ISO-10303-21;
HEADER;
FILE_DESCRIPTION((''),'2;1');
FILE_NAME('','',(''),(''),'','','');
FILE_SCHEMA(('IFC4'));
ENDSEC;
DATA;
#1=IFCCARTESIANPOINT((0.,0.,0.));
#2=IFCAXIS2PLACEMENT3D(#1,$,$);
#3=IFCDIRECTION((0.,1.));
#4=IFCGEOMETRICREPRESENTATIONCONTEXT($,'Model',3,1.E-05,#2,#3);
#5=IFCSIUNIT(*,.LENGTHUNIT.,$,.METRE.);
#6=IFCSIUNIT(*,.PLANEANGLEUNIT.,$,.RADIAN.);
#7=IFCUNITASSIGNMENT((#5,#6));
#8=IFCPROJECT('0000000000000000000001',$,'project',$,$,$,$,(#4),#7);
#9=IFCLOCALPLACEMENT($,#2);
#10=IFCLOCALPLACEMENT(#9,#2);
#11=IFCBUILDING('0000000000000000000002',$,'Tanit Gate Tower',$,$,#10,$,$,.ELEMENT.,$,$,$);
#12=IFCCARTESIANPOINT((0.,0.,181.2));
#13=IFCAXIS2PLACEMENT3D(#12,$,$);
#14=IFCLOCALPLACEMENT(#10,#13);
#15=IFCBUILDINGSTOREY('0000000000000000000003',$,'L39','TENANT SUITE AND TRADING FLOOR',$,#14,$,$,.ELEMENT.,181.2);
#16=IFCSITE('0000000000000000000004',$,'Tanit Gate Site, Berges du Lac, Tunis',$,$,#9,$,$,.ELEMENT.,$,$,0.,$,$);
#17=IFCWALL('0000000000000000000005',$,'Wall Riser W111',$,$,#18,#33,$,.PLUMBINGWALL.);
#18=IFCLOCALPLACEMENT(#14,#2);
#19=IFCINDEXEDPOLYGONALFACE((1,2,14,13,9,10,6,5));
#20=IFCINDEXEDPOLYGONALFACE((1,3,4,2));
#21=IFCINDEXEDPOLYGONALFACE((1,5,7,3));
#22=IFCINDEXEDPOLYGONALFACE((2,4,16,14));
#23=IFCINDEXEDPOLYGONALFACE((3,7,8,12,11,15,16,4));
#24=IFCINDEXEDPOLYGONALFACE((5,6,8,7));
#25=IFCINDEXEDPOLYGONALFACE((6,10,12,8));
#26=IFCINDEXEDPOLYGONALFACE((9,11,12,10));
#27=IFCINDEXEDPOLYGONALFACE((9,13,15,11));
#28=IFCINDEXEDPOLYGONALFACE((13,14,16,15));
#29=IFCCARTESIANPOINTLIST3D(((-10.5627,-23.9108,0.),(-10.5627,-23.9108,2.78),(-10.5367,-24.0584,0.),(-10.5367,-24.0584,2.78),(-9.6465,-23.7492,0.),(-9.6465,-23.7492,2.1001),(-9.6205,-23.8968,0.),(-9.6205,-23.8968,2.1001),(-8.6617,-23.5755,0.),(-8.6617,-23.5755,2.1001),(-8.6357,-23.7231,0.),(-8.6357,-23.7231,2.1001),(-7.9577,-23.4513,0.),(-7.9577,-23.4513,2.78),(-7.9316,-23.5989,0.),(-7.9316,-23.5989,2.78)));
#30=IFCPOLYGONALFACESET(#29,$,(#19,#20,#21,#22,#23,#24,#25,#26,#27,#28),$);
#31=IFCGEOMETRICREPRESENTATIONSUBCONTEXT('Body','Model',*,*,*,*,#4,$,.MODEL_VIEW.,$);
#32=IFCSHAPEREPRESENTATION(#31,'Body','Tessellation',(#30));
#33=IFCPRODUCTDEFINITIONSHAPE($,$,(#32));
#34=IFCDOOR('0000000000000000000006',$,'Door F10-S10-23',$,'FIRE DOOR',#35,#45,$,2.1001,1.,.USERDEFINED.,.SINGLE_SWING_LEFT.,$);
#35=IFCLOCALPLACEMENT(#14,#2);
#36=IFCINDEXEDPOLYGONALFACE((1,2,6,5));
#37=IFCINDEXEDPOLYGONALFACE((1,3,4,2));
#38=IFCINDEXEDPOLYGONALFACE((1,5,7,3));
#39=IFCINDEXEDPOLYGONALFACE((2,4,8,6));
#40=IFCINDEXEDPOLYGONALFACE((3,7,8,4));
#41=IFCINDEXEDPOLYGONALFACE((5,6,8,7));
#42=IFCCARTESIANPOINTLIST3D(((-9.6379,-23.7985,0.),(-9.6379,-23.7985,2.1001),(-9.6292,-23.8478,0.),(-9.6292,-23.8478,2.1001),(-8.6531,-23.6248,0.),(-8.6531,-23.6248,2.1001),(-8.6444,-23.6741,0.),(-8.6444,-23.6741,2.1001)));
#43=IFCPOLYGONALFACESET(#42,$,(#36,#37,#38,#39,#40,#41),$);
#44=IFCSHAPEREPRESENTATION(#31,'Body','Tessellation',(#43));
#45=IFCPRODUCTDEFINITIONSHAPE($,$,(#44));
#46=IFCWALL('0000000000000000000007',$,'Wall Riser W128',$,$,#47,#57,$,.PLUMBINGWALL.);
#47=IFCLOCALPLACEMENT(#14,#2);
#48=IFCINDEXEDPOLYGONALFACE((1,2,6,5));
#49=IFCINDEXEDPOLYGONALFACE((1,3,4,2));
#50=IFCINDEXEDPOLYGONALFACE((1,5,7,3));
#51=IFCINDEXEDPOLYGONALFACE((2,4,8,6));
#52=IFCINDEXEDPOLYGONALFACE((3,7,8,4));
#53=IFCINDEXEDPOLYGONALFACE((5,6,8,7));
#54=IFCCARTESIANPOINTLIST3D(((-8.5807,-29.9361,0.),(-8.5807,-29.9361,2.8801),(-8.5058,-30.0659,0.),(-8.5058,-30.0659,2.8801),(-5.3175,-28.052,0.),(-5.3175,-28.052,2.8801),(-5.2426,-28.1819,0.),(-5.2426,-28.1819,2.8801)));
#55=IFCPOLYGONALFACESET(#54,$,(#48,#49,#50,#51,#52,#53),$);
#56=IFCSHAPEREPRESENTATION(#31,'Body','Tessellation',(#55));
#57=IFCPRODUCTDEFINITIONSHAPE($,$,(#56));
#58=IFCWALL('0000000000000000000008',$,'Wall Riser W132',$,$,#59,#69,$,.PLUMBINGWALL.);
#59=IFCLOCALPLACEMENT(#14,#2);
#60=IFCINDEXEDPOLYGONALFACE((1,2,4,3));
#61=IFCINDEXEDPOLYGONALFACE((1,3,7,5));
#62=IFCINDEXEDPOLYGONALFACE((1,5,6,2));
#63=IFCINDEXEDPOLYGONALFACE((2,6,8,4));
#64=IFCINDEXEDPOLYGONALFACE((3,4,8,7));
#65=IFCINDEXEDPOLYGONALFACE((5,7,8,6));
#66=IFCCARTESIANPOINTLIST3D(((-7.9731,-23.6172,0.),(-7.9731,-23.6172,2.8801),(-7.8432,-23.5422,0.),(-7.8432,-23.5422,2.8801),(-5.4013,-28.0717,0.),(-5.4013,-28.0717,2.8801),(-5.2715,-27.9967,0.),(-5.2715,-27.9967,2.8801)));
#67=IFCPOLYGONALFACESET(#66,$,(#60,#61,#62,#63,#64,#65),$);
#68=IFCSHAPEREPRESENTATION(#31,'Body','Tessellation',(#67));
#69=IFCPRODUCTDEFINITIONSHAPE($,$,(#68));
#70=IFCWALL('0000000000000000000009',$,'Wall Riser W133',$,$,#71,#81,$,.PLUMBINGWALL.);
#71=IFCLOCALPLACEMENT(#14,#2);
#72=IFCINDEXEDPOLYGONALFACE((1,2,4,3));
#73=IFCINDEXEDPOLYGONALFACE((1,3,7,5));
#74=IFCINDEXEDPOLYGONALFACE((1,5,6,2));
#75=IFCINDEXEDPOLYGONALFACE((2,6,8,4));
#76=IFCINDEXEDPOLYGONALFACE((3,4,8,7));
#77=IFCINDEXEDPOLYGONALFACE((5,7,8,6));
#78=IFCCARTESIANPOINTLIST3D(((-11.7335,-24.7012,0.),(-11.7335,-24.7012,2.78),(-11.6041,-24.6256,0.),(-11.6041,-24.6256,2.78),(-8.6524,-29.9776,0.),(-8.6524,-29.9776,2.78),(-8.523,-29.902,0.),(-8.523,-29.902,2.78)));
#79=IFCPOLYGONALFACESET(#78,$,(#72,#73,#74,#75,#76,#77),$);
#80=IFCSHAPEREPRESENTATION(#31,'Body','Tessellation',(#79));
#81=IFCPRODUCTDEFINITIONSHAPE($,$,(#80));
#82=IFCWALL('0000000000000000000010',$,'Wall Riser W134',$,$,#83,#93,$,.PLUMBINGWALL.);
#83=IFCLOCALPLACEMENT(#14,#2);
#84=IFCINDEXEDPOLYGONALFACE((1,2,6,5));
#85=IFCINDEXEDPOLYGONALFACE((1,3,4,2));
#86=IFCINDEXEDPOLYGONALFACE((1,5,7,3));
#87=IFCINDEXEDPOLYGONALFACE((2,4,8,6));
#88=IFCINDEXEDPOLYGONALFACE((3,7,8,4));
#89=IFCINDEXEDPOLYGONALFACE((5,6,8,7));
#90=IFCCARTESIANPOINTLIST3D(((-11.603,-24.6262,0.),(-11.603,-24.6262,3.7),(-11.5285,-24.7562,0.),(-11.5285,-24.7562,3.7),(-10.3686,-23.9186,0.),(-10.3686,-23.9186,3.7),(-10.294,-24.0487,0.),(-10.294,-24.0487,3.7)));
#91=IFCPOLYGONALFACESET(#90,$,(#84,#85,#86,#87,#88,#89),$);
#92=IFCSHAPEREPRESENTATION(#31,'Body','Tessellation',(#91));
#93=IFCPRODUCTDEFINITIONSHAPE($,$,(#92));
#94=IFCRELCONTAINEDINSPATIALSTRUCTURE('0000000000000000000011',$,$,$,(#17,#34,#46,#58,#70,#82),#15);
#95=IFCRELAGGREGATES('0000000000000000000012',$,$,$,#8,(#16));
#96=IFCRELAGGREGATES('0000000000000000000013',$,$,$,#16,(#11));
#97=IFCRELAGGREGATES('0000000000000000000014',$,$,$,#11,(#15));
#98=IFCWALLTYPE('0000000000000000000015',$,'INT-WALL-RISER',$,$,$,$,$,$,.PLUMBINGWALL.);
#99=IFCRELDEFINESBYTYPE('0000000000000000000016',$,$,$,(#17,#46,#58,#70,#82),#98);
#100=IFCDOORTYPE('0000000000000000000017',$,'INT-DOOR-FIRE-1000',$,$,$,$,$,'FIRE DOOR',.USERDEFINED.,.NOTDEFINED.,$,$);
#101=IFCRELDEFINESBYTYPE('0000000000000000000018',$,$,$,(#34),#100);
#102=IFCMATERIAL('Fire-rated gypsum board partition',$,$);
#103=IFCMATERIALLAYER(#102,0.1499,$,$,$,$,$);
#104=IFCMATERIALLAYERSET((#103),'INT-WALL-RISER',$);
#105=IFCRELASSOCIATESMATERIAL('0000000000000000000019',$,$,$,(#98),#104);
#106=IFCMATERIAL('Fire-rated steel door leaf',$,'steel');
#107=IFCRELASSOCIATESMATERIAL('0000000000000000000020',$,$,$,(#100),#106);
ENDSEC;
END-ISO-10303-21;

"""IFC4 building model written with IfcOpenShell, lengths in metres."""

from ifc_helpers import new_model, si_unit, direction, frame, frame_2d, origin, place, context, subcontext, project, spatial, rectangle, extrude, material, layer, layer_set, type_object, element, fill, save


model = new_model("IFC4")

# Units and contexts
model_context = context("Model", 3, precision=1e-05, world=origin(), true_north=direction((0.0, 1.0)))
body_context = subcontext(model_context, "Body", "Model", "MODEL_VIEW")
ifc_project = project(units=[si_unit("LENGTHUNIT", "METRE"), si_unit("PLANEANGLEUNIT", "RADIAN")], contexts=[model_context])

# Site, building, storey
site_placement = place(None, origin())
site = spatial("IfcSite", under=ifc_project, at=site_placement, Name="Tanit Gate Site, Berges du Lac, Tunis", CompositionType="ELEMENT", RefElevation=0.0)
building_placement = place(site_placement, origin())
building = spatial("IfcBuilding", under=site, at=building_placement, Name="Tanit Gate Tower", CompositionType="ELEMENT")
storey_placement = place(building_placement, frame((0.0, 0.0, 181.2)))
storey = spatial("IfcBuildingStorey", under=building, at=storey_placement, Name="L39", Description="TENANT SUITE AND TRADING FLOOR", CompositionType="ELEMENT", Elevation=181.2)

# Wall, opening, door
ifc_material_1 = material(Name="Fire-rated gypsum board partition")
ifc_layer_1 = layer(ifc_material_1, 0.1499)
ifc_layer_set_1 = layer_set([ifc_layer_1], Name="INT-WALL-RISER")
wall_type_1 = type_object("IfcWallType", Name="INT-WALL-RISER", PredefinedType="PLUMBINGWALL", material=ifc_layer_set_1)
wall_1_placement = place(storey_placement, frame((-10.5498, -23.9846, 0.0), z_axis=(0.0, 0.0, 1.0), x_axis=(0.984798, 0.173701, 0.0)))
wall_1 = element("IfcWall", 1, at=wall_1_placement, inside=storey, type_object=wall_type_1, Name="Wall Riser W111", PredefinedType="PLUMBINGWALL", context=body_context, shape_type="SweptSolid", body=[
    extrude(rectangle(XDim=2.6453, YDim=0.1499, at=frame_2d((1.3228, 0.0))), origin(), (0.0, 0.0, 1.0), 2.78),
])
opening_1_placement = place(wall_1_placement, frame((0.9304, 0.0, 0.0)))
opening_1 = element("IfcOpeningElement", 2, at=opening_1_placement, cuts=wall_1, PredefinedType="OPENING", context=body_context, shape_type="SweptSolid", body=[
    extrude(rectangle(XDim=1.0, YDim=2.1001, at=frame_2d((0.5, 1.05))), frame((0.0, 0.085, 0.0), z_axis=(0.0, -1.0, 0.0), x_axis=(1.0, 0.0, 0.0)), (0.0, 0.0, 1.0), 0.1699),
])
ifc_material_2 = material(Name="Fire-rated steel door leaf", Category="steel")
door_type_1 = type_object("IfcDoorType", Name="INT-DOOR-FIRE-1000", ElementType="FIRE DOOR", OperationType="NOTDEFINED", PredefinedType="USERDEFINED", material=ifc_material_2)
door_1_placement = place(opening_1_placement, origin())
door_1 = element("IfcDoor", 3, at=door_1_placement, inside=storey, type_object=door_type_1, Name="Door F10-S10-23", ObjectType="FIRE DOOR", OperationType="SINGLE_SWING_LEFT", OverallHeight=2.1001, OverallWidth=1.0, PredefinedType="USERDEFINED", context=body_context, shape_type="SweptSolid", body=[
    extrude(rectangle(XDim=1.0, YDim=2.1001, at=frame_2d((0.5, 1.05))), frame((0.0, 0.0249, 0.0), z_axis=(0.0, -1.0, 0.0), x_axis=(1.0, 0.0, 0.0)), (0.0, 0.0, 1.0), 0.05),
])
fill(opening_1, door_1)

# Walls
wall_2_placement = place(storey_placement, frame((-5.28, -28.1169, 0.0), z_axis=(0.0, 0.0, 1.0), x_axis=(-0.866022, -0.500007, 0.0)))
element("IfcWall", 4, at=wall_2_placement, inside=storey, type_object=wall_type_1, Name="Wall Riser W128", PredefinedType="PLUMBINGWALL", context=body_context, shape_type="SweptSolid", body=[
    extrude(rectangle(XDim=3.7681, YDim=0.1499, at=frame_2d((1.884, 0.0))), origin(), (0.0, 0.0, 1.0), 2.8801),
])
wall_3_placement = place(storey_placement, frame((-5.3364, -28.0342, 0.0), z_axis=(0.0, 0.0, 1.0), x_axis=(-0.499988, 0.866032, 0.0)))
element("IfcWall", 5, at=wall_3_placement, inside=storey, type_object=wall_type_1, Name="Wall Riser W132", PredefinedType="PLUMBINGWALL", context=body_context, shape_type="SweptSolid", body=[
    extrude(rectangle(XDim=5.1436, YDim=0.1499, at=frame_2d((2.5718, 0.0))), origin(), (0.0, 0.0, 1.0), 2.8801),
])
wall_4_placement = place(storey_placement, frame((-8.5876, -29.9399, 0.0), z_axis=(0.0, 0.0, 1.0), x_axis=(-0.504259, 0.863553, 0.0)))
element("IfcWall", 6, at=wall_4_placement, inside=storey, type_object=wall_type_1, Name="Wall Riser W133", PredefinedType="PLUMBINGWALL", context=body_context, shape_type="SweptSolid", body=[
    extrude(rectangle(XDim=6.1101, YDim=0.1499, at=frame_2d((3.0552, 0.0))), origin(), (0.0, 0.0, 1.0), 2.78),
])
wall_5_placement = place(storey_placement, frame((-10.3313, -23.9836, 0.0), z_axis=(0.0, 0.0, 1.0), x_axis=(-0.867588, -0.497284, 0.0)))
element("IfcWall", 7, at=wall_5_placement, inside=storey, type_object=wall_type_1, Name="Wall Riser W134", PredefinedType="PLUMBINGWALL", context=body_context, shape_type="SweptSolid", body=[
    extrude(rectangle(XDim=1.4229, YDim=0.1499, at=frame_2d((0.7114, 0.0))), origin(), (0.0, 0.0, 1.0), 3.7),
])

save(model, "model.ifc")
